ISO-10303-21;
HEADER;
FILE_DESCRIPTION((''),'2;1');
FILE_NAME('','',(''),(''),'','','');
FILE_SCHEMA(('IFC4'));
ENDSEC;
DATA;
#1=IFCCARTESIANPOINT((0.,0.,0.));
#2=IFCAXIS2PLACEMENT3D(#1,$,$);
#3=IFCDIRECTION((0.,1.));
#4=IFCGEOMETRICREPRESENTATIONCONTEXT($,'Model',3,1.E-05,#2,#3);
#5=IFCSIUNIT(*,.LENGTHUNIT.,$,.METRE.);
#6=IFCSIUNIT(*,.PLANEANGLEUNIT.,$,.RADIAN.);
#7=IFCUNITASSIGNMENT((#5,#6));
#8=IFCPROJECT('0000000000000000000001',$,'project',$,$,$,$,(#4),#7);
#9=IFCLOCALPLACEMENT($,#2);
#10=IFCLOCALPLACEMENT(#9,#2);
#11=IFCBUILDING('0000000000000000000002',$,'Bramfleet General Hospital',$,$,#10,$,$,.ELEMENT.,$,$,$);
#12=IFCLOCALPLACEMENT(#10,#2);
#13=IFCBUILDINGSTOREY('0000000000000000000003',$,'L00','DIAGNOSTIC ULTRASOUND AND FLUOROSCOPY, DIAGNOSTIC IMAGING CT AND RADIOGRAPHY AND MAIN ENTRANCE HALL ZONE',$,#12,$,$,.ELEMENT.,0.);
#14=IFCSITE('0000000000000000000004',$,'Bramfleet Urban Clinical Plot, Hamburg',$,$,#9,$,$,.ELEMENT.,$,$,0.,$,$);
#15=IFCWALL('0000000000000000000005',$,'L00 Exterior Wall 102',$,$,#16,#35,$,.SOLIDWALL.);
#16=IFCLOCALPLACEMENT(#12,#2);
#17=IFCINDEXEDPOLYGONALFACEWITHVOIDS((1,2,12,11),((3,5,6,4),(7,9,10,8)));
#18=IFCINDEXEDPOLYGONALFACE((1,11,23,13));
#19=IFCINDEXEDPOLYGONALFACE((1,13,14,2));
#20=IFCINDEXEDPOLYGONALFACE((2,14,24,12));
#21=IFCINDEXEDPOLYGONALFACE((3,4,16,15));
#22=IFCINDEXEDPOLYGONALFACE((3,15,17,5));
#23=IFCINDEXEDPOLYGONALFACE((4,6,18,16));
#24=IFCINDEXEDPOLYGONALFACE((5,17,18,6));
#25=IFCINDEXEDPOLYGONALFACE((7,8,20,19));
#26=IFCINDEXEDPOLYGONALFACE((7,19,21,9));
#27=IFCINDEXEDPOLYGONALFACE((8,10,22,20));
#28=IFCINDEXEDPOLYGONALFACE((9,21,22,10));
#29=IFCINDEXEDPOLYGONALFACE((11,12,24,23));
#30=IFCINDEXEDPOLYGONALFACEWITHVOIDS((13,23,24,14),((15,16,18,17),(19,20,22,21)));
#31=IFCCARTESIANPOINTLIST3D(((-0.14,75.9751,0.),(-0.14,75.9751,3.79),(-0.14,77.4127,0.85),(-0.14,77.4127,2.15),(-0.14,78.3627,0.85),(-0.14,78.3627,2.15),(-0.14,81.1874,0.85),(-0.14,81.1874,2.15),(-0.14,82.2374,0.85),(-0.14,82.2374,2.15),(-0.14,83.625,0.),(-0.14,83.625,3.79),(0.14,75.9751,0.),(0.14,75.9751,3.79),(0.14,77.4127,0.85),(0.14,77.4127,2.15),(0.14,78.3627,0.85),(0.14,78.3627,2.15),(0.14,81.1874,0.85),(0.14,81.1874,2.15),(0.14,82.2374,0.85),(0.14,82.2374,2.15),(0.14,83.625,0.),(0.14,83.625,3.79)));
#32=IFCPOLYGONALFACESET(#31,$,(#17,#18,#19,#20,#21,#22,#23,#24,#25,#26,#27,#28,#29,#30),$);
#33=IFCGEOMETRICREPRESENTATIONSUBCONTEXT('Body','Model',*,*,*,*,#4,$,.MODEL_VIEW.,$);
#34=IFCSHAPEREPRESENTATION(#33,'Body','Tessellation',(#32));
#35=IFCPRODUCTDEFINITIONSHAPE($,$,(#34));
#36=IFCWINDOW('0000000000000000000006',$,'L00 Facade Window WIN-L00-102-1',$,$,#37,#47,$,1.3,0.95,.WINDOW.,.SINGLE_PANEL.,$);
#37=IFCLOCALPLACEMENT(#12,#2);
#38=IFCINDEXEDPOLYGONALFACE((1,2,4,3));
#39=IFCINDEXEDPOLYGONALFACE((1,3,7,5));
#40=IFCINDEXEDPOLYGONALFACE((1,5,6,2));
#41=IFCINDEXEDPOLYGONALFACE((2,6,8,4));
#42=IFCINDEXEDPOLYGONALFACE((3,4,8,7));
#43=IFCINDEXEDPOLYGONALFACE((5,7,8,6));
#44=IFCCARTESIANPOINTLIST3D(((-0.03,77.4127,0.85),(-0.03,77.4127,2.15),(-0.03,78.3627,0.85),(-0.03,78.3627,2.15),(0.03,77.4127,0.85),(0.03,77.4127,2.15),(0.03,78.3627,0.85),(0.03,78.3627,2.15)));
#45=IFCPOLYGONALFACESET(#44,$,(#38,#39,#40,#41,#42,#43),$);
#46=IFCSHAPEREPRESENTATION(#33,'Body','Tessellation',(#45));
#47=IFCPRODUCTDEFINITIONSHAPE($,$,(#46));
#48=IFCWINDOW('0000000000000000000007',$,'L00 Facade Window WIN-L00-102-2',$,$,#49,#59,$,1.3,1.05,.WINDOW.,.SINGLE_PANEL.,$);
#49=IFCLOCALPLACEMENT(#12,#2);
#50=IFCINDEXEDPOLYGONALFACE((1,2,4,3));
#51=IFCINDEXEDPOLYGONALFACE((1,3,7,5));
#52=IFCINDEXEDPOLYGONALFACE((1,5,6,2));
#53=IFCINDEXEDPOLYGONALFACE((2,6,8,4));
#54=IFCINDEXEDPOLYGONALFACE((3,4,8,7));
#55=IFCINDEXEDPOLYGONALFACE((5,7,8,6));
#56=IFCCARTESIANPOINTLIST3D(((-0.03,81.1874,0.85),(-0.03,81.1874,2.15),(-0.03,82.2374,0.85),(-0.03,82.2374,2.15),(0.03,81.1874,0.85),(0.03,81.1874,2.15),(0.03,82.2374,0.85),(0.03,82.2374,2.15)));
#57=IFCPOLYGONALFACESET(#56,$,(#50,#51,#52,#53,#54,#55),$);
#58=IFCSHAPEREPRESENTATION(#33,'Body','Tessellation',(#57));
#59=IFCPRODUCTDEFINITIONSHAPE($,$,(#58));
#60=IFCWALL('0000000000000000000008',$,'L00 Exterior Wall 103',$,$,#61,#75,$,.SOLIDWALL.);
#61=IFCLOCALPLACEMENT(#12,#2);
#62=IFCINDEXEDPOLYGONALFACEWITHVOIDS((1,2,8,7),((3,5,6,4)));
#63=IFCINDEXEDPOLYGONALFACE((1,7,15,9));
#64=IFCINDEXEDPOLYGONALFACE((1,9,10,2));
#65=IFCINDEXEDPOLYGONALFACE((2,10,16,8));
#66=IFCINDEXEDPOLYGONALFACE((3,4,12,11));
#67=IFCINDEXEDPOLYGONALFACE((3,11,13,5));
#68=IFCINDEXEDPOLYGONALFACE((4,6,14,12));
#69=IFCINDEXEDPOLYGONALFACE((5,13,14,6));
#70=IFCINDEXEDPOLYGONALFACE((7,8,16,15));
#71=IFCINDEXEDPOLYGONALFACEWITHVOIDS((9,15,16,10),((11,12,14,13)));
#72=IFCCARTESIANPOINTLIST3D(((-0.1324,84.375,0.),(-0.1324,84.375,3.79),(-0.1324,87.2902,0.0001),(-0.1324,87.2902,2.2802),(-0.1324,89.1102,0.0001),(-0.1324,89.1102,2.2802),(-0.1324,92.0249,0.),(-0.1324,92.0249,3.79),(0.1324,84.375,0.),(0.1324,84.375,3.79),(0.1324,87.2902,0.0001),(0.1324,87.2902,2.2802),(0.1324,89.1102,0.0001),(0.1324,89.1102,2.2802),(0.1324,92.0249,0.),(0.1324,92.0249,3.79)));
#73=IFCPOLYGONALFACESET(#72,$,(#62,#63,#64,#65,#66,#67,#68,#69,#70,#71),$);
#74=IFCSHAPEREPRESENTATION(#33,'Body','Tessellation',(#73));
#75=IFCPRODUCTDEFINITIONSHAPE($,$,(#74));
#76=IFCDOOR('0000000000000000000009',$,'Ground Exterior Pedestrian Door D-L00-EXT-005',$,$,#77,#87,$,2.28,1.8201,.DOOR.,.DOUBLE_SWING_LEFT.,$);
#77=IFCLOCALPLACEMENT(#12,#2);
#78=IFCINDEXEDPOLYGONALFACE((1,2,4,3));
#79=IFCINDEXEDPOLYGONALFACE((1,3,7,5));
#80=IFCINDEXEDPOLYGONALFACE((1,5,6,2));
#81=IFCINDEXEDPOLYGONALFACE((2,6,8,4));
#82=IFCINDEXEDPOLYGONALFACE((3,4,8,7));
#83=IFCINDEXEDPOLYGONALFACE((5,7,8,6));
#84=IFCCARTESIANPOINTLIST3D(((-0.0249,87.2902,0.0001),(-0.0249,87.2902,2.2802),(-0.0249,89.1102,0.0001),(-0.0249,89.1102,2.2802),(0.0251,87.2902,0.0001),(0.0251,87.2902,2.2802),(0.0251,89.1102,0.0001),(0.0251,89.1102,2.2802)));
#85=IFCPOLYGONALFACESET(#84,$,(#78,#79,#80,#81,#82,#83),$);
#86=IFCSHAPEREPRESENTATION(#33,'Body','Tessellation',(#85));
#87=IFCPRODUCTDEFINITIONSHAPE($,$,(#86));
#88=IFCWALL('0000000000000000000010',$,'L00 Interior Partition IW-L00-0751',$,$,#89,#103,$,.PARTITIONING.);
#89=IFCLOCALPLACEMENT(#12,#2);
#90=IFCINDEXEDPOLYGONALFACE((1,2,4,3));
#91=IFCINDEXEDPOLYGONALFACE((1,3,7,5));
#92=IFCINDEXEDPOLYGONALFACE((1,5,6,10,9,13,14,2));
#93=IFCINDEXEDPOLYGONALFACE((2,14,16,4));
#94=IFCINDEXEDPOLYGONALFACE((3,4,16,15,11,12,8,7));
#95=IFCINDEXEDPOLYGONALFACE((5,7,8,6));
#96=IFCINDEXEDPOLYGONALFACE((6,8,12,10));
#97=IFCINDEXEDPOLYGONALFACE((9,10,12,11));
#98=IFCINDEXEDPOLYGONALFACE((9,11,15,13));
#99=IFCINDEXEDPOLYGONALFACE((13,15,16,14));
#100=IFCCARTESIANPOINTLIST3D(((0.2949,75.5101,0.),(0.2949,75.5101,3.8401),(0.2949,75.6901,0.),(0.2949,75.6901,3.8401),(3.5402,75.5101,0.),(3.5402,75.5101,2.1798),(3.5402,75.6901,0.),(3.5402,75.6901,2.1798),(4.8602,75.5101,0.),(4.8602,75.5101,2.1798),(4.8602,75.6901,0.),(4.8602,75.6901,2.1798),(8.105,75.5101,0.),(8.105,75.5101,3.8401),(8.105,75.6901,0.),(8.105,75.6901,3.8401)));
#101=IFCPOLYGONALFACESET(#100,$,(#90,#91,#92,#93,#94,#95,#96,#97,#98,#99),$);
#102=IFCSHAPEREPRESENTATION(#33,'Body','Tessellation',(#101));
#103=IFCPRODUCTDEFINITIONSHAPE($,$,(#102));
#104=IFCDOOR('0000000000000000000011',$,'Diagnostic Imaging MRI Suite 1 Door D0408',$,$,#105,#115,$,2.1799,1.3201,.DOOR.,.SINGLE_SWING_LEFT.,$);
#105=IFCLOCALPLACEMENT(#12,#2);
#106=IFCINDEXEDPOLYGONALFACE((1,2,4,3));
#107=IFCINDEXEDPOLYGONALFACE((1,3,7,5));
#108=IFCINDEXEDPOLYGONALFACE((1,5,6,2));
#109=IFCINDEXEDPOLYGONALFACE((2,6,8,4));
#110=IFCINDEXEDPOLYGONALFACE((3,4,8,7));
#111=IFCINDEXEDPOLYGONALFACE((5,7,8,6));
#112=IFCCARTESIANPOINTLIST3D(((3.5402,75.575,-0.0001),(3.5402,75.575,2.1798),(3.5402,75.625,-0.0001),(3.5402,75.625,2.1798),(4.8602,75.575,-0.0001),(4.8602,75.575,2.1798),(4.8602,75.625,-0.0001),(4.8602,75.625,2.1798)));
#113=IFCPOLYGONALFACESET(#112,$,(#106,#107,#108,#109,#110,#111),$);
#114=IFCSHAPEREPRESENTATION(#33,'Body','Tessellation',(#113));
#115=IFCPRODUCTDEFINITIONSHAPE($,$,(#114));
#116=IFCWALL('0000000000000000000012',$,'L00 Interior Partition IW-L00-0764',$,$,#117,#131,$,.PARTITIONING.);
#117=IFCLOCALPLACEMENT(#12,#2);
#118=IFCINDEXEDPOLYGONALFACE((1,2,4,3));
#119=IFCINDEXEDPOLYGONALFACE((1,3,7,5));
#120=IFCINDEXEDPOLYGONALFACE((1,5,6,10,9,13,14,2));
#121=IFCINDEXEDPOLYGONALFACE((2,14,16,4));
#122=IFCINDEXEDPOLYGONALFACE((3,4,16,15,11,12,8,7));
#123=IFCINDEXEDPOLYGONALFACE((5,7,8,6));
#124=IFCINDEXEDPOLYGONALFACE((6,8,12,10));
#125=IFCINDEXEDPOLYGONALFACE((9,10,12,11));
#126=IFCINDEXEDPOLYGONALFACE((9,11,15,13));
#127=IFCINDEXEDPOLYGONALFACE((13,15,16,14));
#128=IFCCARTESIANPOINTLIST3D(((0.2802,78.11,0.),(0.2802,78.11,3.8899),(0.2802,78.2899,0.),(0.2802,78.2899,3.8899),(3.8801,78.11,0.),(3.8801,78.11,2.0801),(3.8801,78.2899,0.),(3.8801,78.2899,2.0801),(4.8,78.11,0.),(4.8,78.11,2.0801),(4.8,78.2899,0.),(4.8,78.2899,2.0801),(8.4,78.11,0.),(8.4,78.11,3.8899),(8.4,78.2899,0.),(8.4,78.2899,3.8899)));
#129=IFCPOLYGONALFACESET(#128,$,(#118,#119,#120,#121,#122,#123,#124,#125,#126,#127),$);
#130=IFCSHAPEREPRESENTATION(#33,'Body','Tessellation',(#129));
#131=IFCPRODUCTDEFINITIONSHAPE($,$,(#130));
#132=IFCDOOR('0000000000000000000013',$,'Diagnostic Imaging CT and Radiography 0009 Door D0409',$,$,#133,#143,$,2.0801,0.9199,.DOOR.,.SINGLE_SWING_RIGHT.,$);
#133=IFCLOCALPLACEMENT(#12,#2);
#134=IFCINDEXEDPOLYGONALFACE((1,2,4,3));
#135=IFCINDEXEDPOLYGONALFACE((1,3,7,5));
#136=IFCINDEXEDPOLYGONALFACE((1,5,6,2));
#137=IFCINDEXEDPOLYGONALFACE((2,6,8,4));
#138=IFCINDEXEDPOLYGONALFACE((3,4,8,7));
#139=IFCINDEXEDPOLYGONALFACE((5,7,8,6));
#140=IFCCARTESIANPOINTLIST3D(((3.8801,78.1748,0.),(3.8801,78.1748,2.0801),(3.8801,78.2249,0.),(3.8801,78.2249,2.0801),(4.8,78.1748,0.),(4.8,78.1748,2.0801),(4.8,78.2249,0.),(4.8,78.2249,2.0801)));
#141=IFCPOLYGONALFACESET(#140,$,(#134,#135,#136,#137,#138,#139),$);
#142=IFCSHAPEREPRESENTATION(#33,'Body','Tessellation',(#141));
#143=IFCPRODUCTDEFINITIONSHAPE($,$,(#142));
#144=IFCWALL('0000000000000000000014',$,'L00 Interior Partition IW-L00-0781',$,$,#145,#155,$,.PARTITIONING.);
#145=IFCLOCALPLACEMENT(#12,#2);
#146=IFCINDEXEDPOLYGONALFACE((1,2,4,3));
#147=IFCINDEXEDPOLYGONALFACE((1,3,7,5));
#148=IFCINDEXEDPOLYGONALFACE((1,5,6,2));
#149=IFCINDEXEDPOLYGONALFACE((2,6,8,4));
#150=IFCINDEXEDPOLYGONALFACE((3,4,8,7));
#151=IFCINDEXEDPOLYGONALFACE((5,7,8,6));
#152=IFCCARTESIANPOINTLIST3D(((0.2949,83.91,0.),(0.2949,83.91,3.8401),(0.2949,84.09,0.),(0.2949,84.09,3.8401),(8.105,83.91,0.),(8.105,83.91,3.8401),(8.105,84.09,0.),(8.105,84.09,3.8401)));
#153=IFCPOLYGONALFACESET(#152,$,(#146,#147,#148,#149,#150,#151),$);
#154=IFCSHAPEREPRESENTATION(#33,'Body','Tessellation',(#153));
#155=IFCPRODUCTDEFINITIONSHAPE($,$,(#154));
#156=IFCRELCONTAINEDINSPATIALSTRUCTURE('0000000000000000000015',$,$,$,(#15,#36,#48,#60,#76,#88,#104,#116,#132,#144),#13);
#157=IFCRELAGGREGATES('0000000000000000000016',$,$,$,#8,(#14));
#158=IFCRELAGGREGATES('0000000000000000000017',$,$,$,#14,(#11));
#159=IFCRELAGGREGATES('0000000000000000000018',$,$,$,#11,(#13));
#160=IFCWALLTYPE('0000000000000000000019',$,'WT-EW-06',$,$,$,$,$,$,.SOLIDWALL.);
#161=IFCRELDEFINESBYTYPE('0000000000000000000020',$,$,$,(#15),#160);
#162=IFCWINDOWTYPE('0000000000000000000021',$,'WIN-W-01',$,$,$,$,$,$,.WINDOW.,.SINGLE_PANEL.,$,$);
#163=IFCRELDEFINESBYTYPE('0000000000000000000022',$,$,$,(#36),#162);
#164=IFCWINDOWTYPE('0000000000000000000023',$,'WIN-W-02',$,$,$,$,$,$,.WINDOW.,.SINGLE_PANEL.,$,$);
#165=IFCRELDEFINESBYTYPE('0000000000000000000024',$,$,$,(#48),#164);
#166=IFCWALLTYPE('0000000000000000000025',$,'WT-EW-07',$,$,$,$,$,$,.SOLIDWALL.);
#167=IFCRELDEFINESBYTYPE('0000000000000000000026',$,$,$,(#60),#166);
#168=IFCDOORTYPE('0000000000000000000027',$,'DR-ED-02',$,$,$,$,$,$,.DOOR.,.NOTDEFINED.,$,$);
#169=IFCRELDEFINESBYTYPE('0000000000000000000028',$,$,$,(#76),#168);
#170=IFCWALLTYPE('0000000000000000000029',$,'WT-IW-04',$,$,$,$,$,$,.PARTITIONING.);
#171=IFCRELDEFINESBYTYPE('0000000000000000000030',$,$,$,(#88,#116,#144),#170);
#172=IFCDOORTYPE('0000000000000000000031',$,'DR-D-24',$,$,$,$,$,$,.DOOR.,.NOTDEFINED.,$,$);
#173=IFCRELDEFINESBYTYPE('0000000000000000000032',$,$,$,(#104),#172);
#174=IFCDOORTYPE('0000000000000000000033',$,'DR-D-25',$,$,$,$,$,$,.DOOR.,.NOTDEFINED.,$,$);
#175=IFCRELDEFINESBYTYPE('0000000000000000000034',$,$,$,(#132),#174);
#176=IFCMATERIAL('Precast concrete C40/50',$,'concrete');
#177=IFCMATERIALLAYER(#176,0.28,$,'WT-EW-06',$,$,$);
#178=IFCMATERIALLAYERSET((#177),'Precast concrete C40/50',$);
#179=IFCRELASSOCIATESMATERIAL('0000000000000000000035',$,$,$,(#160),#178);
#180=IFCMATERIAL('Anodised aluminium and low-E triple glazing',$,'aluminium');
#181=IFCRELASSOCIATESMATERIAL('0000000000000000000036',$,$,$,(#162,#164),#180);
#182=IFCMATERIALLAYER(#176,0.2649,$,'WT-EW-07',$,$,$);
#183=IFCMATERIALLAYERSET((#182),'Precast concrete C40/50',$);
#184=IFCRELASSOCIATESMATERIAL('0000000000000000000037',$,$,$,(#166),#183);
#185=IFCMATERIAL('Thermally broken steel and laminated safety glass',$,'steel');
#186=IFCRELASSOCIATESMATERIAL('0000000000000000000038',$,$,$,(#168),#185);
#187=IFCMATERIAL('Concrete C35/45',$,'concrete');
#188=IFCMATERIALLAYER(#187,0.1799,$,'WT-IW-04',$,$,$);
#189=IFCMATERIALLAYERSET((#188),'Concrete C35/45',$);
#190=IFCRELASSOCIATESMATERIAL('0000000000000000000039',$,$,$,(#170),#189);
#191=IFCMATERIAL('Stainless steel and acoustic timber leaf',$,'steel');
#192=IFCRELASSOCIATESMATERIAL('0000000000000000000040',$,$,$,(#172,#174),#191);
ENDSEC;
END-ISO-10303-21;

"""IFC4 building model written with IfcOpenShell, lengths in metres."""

from ifc_helpers import new_model, si_unit, direction, frame, frame_2d, origin, place, context, subcontext, project, spatial, rectangle, extrude, material, layer, layer_set, type_object, element, fill, save


model = new_model("IFC4")

# Units and contexts
model_context = context("Model", 3, precision=1e-05, world=origin(), true_north=direction((0.0, 1.0)))
body_context = subcontext(model_context, "Body", "Model", "MODEL_VIEW")
ifc_project = project(units=[si_unit("LENGTHUNIT", "METRE"), si_unit("PLANEANGLEUNIT", "RADIAN")], contexts=[model_context])

# Site, building, storey
site_placement = place(None, origin())
site = spatial("IfcSite", under=ifc_project, at=site_placement, Name="Bramfleet Urban Clinical Plot, Hamburg", CompositionType="ELEMENT", RefElevation=0.0)
building_placement = place(site_placement, origin())
building = spatial("IfcBuilding", under=site, at=building_placement, Name="Bramfleet General Hospital", CompositionType="ELEMENT")
storey_placement = place(building_placement, origin())
storey = spatial("IfcBuildingStorey", under=building, at=storey_placement, Name="L00", Description="DIAGNOSTIC ULTRASOUND AND FLUOROSCOPY, DIAGNOSTIC IMAGING CT AND RADIOGRAPHY AND MAIN ENTRANCE HALL ZONE", CompositionType="ELEMENT", Elevation=0.0)

# Shared definitions
ifc_material_1 = material(Name="Concrete C35/45", Category="concrete")

# Wall, openings, windows
ifc_material_2 = material(Name="Precast concrete C40/50", Category="concrete")
ifc_layer_1 = layer(ifc_material_2, 0.28, Name="WT-EW-06")
ifc_layer_set_1 = layer_set([ifc_layer_1], Name="Precast concrete C40/50")
wall_type_1 = type_object("IfcWallType", Name="WT-EW-06", PredefinedType="SOLIDWALL", material=ifc_layer_set_1)
wall_1_placement = place(storey_placement, frame((0.0, 75.9751, 0.0), z_axis=(0.0, 0.0, 1.0), x_axis=(0.0, 1.0, 0.0)))
wall_1 = element("IfcWall", 1, at=wall_1_placement, inside=storey, type_object=wall_type_1, Name="L00 Exterior Wall 102", PredefinedType="SOLIDWALL", context=body_context, shape_type="SweptSolid", body=[
    extrude(rectangle(XDim=7.6499, YDim=0.28, at=frame_2d((3.825, 0.0))), origin(), (0.0, 0.0, 1.0), 3.79),
])
opening_1_placement = place(wall_1_placement, frame((1.4375, 0.0, 0.8501)))
opening_1 = element("IfcOpeningElement", 2, at=opening_1_placement, cuts=wall_1, PredefinedType="OPENING", context=body_context, shape_type="SweptSolid", body=[
    extrude(rectangle(XDim=0.95, YDim=1.3, at=frame_2d((0.4751, 0.6499))), frame((0.0, 0.1499, 0.0), z_axis=(0.0, -1.0, 0.0), x_axis=(1.0, 0.0, 0.0)), (0.0, 0.0, 1.0), 0.3),
])
opening_2_placement = place(wall_1_placement, frame((5.2124, 0.0, 0.8501)))
opening_2 = element("IfcOpeningElement", 3, at=opening_2_placement, cuts=wall_1, PredefinedType="OPENING", context=body_context, shape_type="SweptSolid", body=[
    extrude(rectangle(XDim=1.05, YDim=1.3, at=frame_2d((0.5249, 0.6499))), frame((0.0, 0.1499, 0.0), z_axis=(0.0, -1.0, 0.0), x_axis=(1.0, 0.0, 0.0)), (0.0, 0.0, 1.0), 0.3),
])
ifc_material_3 = material(Name="Anodised aluminium and low-E triple glazing", Category="aluminium")
window_type_1 = type_object("IfcWindowType", Name="WIN-W-01", PartitioningType="SINGLE_PANEL", PredefinedType="WINDOW", material=ifc_material_3)
window_1_placement = place(opening_1_placement, origin())
window_1 = element("IfcWindow", 4, at=window_1_placement, inside=storey, type_object=window_type_1, Name="L00 Facade Window WIN-L00-102-1", OverallHeight=1.3, OverallWidth=0.95, PartitioningType="SINGLE_PANEL", PredefinedType="WINDOW", context=body_context, shape_type="SweptSolid", body=[
    extrude(rectangle(XDim=0.95, YDim=1.3, at=frame_2d((0.4751, 0.6499))), frame((0.0, 0.03, 0.0), z_axis=(0.0, -1.0, 0.0), x_axis=(1.0, 0.0, 0.0)), (0.0, 0.0, 1.0), 0.0601),
])
fill(opening_1, window_1)
window_type_2 = type_object("IfcWindowType", Name="WIN-W-02", PartitioningType="SINGLE_PANEL", PredefinedType="WINDOW", material=ifc_material_3)
window_2_placement = place(opening_2_placement, origin())
window_2 = element("IfcWindow", 5, at=window_2_placement, inside=storey, type_object=window_type_2, Name="L00 Facade Window WIN-L00-102-2", OverallHeight=1.3, OverallWidth=1.05, PartitioningType="SINGLE_PANEL", PredefinedType="WINDOW", context=body_context, shape_type="SweptSolid", body=[
    extrude(rectangle(XDim=1.05, YDim=1.3, at=frame_2d((0.5249, 0.6499))), frame((0.0, 0.03, 0.0), z_axis=(0.0, -1.0, 0.0), x_axis=(1.0, 0.0, 0.0)), (0.0, 0.0, 1.0), 0.0601),
])
fill(opening_2, window_2)

# Walls, openings, doors
ifc_layer_2 = layer(ifc_material_2, 0.2649, Name="WT-EW-07")
ifc_layer_set_2 = layer_set([ifc_layer_2], Name="Precast concrete C40/50")
wall_type_2 = type_object("IfcWallType", Name="WT-EW-07", PredefinedType="SOLIDWALL", material=ifc_layer_set_2)
wall_2_placement = place(storey_placement, frame((0.0, 84.375, 0.0), z_axis=(0.0, 0.0, 1.0), x_axis=(0.0, 1.0, 0.0)))
wall_2 = element("IfcWall", 6, at=wall_2_placement, inside=storey, type_object=wall_type_2, Name="L00 Exterior Wall 103", PredefinedType="SOLIDWALL", context=body_context, shape_type="SweptSolid", body=[
    extrude(rectangle(XDim=7.6499, YDim=0.2649, at=frame_2d((3.825, 0.0))), origin(), (0.0, 0.0, 1.0), 3.79),
])
opening_3_placement = place(wall_2_placement, frame((2.915, 0.0, 0.0)))
opening_3 = element("IfcOpeningElement", 7, at=opening_3_placement, cuts=wall_2, PredefinedType="OPENING", context=body_context, shape_type="SweptSolid", body=[
    extrude(rectangle(XDim=1.8201, YDim=2.28, at=frame_2d((0.9102, 1.1401))), frame((0.0, 0.1423, 0.0), z_axis=(0.0, -1.0, 0.0), x_axis=(1.0, 0.0, 0.0)), (0.0, 0.0, 1.0), 0.2849),
])
ifc_material_4 = material(Name="Thermally broken steel and laminated safety glass", Category="steel")
door_type_1 = type_object("IfcDoorType", Name="DR-ED-02", OperationType="NOTDEFINED", PredefinedType="DOOR", material=ifc_material_4)
door_1_placement = place(opening_3_placement, origin())
door_1 = element("IfcDoor", 8, at=door_1_placement, inside=storey, type_object=door_type_1, Name="Ground Exterior Pedestrian Door D-L00-EXT-005", OperationType="DOUBLE_SWING_LEFT", OverallHeight=2.28, OverallWidth=1.8201, PredefinedType="DOOR", context=body_context, shape_type="SweptSolid", body=[
    extrude(rectangle(XDim=1.8201, YDim=2.28, at=frame_2d((0.9102, 1.1401))), frame((0.0, 0.0249, 0.0), z_axis=(0.0, -1.0, 0.0), x_axis=(1.0, 0.0, 0.0)), (0.0, 0.0, 1.0), 0.05),
])
fill(opening_3, door_1)
ifc_layer_3 = layer(ifc_material_1, 0.1799, Name="WT-IW-04")
ifc_layer_set_3 = layer_set([ifc_layer_3], Name="Concrete C35/45")
wall_type_3 = type_object("IfcWallType", Name="WT-IW-04", PredefinedType="PARTITIONING", material=ifc_layer_set_3)
wall_3_placement = place(storey_placement, frame((0.2949, 75.6001, 0.0), z_axis=(0.0, 0.0, 1.0), x_axis=(1.0, 0.0, 0.0)))
wall_3 = element("IfcWall", 9, at=wall_3_placement, inside=storey, type_object=wall_type_3, Name="L00 Interior Partition IW-L00-0751", PredefinedType="PARTITIONING", context=body_context, shape_type="SweptSolid", body=[
    extrude(rectangle(XDim=7.8101, YDim=0.1799, at=frame_2d((3.905, 0.0))), origin(), (0.0, 0.0, 1.0), 3.8401),
])
opening_4_placement = place(wall_3_placement, frame((3.2451, 0.0, 0.0)))
opening_4 = element("IfcOpeningElement", 10, at=opening_4_placement, cuts=wall_3, PredefinedType="OPENING", context=body_context, shape_type="SweptSolid", body=[
    extrude(rectangle(XDim=1.3201, YDim=2.1799, at=frame_2d((0.6602, 1.0898))), frame((0.0, 0.0999, 0.0), z_axis=(0.0, -1.0, 0.0), x_axis=(1.0, 0.0, 0.0)), (0.0, 0.0, 1.0), 0.2),
])
ifc_material_5 = material(Name="Stainless steel and acoustic timber leaf", Category="steel")
door_type_2 = type_object("IfcDoorType", Name="DR-D-24", OperationType="NOTDEFINED", PredefinedType="DOOR", material=ifc_material_5)
door_2_placement = place(opening_4_placement, origin())
door_2 = element("IfcDoor", 11, at=door_2_placement, inside=storey, type_object=door_type_2, Name="Diagnostic Imaging MRI Suite 1 Door D0408", OperationType="SINGLE_SWING_LEFT", OverallHeight=2.1799, OverallWidth=1.3201, PredefinedType="DOOR", context=body_context, shape_type="SweptSolid", body=[
    extrude(rectangle(XDim=1.3201, YDim=2.1799, at=frame_2d((0.6602, 1.0898))), frame((0.0, 0.0249, 0.0), z_axis=(0.0, -1.0, 0.0), x_axis=(1.0, 0.0, 0.0)), (0.0, 0.0, 1.0), 0.05),
])
fill(opening_4, door_2)
wall_4_placement = place(storey_placement, frame((0.28, 78.2, 0.0), z_axis=(0.0, 0.0, 1.0), x_axis=(1.0, 0.0, 0.0)))
wall_4 = element("IfcWall", 12, at=wall_4_placement, inside=storey, type_object=wall_type_3, Name="L00 Interior Partition IW-L00-0764", PredefinedType="PARTITIONING", context=body_context, shape_type="SweptSolid", body=[
    extrude(rectangle(XDim=8.1199, YDim=0.1799, at=frame_2d((4.0601, 0.0))), origin(), (0.0, 0.0, 1.0), 3.8899),
])
opening_5_placement = place(wall_4_placement, frame((3.6001, 0.0, 0.0)))
opening_5 = element("IfcOpeningElement", 13, at=opening_5_placement, cuts=wall_4, PredefinedType="OPENING", context=body_context, shape_type="SweptSolid", body=[
    extrude(rectangle(XDim=0.9199, YDim=2.0801, at=frame_2d((0.46, 1.04))), frame((0.0, 0.0999, 0.0), z_axis=(0.0, -1.0, 0.0), x_axis=(1.0, 0.0, 0.0)), (0.0, 0.0, 1.0), 0.2),
])
door_type_3 = type_object("IfcDoorType", Name="DR-D-25", OperationType="NOTDEFINED", PredefinedType="DOOR", material=ifc_material_5)
door_3_placement = place(opening_5_placement, origin())
door_3 = element("IfcDoor", 14, at=door_3_placement, inside=storey, type_object=door_type_3, Name="Diagnostic Imaging CT and Radiography 0009 Door D0409", OperationType="SINGLE_SWING_RIGHT", OverallHeight=2.0801, OverallWidth=0.9199, PredefinedType="DOOR", context=body_context, shape_type="SweptSolid", body=[
    extrude(rectangle(XDim=0.9199, YDim=2.0801, at=frame_2d((0.46, 1.04))), frame((0.0, 0.0249, 0.0), z_axis=(0.0, -1.0, 0.0), x_axis=(1.0, 0.0, 0.0)), (0.0, 0.0, 1.0), 0.05),
])
fill(opening_5, door_3)

# Wall
wall_5_placement = place(storey_placement, frame((0.2949, 84.0, 0.0), z_axis=(0.0, 0.0, 1.0), x_axis=(1.0, 0.0, 0.0)))
element("IfcWall", 15, at=wall_5_placement, inside=storey, type_object=wall_type_3, Name="L00 Interior Partition IW-L00-0781", PredefinedType="PARTITIONING", context=body_context, shape_type="SweptSolid", body=[
    extrude(rectangle(XDim=7.8101, YDim=0.1799, at=frame_2d((3.905, 0.0))), origin(), (0.0, 0.0, 1.0), 3.8401),
])

save(model, "model.ifc")
